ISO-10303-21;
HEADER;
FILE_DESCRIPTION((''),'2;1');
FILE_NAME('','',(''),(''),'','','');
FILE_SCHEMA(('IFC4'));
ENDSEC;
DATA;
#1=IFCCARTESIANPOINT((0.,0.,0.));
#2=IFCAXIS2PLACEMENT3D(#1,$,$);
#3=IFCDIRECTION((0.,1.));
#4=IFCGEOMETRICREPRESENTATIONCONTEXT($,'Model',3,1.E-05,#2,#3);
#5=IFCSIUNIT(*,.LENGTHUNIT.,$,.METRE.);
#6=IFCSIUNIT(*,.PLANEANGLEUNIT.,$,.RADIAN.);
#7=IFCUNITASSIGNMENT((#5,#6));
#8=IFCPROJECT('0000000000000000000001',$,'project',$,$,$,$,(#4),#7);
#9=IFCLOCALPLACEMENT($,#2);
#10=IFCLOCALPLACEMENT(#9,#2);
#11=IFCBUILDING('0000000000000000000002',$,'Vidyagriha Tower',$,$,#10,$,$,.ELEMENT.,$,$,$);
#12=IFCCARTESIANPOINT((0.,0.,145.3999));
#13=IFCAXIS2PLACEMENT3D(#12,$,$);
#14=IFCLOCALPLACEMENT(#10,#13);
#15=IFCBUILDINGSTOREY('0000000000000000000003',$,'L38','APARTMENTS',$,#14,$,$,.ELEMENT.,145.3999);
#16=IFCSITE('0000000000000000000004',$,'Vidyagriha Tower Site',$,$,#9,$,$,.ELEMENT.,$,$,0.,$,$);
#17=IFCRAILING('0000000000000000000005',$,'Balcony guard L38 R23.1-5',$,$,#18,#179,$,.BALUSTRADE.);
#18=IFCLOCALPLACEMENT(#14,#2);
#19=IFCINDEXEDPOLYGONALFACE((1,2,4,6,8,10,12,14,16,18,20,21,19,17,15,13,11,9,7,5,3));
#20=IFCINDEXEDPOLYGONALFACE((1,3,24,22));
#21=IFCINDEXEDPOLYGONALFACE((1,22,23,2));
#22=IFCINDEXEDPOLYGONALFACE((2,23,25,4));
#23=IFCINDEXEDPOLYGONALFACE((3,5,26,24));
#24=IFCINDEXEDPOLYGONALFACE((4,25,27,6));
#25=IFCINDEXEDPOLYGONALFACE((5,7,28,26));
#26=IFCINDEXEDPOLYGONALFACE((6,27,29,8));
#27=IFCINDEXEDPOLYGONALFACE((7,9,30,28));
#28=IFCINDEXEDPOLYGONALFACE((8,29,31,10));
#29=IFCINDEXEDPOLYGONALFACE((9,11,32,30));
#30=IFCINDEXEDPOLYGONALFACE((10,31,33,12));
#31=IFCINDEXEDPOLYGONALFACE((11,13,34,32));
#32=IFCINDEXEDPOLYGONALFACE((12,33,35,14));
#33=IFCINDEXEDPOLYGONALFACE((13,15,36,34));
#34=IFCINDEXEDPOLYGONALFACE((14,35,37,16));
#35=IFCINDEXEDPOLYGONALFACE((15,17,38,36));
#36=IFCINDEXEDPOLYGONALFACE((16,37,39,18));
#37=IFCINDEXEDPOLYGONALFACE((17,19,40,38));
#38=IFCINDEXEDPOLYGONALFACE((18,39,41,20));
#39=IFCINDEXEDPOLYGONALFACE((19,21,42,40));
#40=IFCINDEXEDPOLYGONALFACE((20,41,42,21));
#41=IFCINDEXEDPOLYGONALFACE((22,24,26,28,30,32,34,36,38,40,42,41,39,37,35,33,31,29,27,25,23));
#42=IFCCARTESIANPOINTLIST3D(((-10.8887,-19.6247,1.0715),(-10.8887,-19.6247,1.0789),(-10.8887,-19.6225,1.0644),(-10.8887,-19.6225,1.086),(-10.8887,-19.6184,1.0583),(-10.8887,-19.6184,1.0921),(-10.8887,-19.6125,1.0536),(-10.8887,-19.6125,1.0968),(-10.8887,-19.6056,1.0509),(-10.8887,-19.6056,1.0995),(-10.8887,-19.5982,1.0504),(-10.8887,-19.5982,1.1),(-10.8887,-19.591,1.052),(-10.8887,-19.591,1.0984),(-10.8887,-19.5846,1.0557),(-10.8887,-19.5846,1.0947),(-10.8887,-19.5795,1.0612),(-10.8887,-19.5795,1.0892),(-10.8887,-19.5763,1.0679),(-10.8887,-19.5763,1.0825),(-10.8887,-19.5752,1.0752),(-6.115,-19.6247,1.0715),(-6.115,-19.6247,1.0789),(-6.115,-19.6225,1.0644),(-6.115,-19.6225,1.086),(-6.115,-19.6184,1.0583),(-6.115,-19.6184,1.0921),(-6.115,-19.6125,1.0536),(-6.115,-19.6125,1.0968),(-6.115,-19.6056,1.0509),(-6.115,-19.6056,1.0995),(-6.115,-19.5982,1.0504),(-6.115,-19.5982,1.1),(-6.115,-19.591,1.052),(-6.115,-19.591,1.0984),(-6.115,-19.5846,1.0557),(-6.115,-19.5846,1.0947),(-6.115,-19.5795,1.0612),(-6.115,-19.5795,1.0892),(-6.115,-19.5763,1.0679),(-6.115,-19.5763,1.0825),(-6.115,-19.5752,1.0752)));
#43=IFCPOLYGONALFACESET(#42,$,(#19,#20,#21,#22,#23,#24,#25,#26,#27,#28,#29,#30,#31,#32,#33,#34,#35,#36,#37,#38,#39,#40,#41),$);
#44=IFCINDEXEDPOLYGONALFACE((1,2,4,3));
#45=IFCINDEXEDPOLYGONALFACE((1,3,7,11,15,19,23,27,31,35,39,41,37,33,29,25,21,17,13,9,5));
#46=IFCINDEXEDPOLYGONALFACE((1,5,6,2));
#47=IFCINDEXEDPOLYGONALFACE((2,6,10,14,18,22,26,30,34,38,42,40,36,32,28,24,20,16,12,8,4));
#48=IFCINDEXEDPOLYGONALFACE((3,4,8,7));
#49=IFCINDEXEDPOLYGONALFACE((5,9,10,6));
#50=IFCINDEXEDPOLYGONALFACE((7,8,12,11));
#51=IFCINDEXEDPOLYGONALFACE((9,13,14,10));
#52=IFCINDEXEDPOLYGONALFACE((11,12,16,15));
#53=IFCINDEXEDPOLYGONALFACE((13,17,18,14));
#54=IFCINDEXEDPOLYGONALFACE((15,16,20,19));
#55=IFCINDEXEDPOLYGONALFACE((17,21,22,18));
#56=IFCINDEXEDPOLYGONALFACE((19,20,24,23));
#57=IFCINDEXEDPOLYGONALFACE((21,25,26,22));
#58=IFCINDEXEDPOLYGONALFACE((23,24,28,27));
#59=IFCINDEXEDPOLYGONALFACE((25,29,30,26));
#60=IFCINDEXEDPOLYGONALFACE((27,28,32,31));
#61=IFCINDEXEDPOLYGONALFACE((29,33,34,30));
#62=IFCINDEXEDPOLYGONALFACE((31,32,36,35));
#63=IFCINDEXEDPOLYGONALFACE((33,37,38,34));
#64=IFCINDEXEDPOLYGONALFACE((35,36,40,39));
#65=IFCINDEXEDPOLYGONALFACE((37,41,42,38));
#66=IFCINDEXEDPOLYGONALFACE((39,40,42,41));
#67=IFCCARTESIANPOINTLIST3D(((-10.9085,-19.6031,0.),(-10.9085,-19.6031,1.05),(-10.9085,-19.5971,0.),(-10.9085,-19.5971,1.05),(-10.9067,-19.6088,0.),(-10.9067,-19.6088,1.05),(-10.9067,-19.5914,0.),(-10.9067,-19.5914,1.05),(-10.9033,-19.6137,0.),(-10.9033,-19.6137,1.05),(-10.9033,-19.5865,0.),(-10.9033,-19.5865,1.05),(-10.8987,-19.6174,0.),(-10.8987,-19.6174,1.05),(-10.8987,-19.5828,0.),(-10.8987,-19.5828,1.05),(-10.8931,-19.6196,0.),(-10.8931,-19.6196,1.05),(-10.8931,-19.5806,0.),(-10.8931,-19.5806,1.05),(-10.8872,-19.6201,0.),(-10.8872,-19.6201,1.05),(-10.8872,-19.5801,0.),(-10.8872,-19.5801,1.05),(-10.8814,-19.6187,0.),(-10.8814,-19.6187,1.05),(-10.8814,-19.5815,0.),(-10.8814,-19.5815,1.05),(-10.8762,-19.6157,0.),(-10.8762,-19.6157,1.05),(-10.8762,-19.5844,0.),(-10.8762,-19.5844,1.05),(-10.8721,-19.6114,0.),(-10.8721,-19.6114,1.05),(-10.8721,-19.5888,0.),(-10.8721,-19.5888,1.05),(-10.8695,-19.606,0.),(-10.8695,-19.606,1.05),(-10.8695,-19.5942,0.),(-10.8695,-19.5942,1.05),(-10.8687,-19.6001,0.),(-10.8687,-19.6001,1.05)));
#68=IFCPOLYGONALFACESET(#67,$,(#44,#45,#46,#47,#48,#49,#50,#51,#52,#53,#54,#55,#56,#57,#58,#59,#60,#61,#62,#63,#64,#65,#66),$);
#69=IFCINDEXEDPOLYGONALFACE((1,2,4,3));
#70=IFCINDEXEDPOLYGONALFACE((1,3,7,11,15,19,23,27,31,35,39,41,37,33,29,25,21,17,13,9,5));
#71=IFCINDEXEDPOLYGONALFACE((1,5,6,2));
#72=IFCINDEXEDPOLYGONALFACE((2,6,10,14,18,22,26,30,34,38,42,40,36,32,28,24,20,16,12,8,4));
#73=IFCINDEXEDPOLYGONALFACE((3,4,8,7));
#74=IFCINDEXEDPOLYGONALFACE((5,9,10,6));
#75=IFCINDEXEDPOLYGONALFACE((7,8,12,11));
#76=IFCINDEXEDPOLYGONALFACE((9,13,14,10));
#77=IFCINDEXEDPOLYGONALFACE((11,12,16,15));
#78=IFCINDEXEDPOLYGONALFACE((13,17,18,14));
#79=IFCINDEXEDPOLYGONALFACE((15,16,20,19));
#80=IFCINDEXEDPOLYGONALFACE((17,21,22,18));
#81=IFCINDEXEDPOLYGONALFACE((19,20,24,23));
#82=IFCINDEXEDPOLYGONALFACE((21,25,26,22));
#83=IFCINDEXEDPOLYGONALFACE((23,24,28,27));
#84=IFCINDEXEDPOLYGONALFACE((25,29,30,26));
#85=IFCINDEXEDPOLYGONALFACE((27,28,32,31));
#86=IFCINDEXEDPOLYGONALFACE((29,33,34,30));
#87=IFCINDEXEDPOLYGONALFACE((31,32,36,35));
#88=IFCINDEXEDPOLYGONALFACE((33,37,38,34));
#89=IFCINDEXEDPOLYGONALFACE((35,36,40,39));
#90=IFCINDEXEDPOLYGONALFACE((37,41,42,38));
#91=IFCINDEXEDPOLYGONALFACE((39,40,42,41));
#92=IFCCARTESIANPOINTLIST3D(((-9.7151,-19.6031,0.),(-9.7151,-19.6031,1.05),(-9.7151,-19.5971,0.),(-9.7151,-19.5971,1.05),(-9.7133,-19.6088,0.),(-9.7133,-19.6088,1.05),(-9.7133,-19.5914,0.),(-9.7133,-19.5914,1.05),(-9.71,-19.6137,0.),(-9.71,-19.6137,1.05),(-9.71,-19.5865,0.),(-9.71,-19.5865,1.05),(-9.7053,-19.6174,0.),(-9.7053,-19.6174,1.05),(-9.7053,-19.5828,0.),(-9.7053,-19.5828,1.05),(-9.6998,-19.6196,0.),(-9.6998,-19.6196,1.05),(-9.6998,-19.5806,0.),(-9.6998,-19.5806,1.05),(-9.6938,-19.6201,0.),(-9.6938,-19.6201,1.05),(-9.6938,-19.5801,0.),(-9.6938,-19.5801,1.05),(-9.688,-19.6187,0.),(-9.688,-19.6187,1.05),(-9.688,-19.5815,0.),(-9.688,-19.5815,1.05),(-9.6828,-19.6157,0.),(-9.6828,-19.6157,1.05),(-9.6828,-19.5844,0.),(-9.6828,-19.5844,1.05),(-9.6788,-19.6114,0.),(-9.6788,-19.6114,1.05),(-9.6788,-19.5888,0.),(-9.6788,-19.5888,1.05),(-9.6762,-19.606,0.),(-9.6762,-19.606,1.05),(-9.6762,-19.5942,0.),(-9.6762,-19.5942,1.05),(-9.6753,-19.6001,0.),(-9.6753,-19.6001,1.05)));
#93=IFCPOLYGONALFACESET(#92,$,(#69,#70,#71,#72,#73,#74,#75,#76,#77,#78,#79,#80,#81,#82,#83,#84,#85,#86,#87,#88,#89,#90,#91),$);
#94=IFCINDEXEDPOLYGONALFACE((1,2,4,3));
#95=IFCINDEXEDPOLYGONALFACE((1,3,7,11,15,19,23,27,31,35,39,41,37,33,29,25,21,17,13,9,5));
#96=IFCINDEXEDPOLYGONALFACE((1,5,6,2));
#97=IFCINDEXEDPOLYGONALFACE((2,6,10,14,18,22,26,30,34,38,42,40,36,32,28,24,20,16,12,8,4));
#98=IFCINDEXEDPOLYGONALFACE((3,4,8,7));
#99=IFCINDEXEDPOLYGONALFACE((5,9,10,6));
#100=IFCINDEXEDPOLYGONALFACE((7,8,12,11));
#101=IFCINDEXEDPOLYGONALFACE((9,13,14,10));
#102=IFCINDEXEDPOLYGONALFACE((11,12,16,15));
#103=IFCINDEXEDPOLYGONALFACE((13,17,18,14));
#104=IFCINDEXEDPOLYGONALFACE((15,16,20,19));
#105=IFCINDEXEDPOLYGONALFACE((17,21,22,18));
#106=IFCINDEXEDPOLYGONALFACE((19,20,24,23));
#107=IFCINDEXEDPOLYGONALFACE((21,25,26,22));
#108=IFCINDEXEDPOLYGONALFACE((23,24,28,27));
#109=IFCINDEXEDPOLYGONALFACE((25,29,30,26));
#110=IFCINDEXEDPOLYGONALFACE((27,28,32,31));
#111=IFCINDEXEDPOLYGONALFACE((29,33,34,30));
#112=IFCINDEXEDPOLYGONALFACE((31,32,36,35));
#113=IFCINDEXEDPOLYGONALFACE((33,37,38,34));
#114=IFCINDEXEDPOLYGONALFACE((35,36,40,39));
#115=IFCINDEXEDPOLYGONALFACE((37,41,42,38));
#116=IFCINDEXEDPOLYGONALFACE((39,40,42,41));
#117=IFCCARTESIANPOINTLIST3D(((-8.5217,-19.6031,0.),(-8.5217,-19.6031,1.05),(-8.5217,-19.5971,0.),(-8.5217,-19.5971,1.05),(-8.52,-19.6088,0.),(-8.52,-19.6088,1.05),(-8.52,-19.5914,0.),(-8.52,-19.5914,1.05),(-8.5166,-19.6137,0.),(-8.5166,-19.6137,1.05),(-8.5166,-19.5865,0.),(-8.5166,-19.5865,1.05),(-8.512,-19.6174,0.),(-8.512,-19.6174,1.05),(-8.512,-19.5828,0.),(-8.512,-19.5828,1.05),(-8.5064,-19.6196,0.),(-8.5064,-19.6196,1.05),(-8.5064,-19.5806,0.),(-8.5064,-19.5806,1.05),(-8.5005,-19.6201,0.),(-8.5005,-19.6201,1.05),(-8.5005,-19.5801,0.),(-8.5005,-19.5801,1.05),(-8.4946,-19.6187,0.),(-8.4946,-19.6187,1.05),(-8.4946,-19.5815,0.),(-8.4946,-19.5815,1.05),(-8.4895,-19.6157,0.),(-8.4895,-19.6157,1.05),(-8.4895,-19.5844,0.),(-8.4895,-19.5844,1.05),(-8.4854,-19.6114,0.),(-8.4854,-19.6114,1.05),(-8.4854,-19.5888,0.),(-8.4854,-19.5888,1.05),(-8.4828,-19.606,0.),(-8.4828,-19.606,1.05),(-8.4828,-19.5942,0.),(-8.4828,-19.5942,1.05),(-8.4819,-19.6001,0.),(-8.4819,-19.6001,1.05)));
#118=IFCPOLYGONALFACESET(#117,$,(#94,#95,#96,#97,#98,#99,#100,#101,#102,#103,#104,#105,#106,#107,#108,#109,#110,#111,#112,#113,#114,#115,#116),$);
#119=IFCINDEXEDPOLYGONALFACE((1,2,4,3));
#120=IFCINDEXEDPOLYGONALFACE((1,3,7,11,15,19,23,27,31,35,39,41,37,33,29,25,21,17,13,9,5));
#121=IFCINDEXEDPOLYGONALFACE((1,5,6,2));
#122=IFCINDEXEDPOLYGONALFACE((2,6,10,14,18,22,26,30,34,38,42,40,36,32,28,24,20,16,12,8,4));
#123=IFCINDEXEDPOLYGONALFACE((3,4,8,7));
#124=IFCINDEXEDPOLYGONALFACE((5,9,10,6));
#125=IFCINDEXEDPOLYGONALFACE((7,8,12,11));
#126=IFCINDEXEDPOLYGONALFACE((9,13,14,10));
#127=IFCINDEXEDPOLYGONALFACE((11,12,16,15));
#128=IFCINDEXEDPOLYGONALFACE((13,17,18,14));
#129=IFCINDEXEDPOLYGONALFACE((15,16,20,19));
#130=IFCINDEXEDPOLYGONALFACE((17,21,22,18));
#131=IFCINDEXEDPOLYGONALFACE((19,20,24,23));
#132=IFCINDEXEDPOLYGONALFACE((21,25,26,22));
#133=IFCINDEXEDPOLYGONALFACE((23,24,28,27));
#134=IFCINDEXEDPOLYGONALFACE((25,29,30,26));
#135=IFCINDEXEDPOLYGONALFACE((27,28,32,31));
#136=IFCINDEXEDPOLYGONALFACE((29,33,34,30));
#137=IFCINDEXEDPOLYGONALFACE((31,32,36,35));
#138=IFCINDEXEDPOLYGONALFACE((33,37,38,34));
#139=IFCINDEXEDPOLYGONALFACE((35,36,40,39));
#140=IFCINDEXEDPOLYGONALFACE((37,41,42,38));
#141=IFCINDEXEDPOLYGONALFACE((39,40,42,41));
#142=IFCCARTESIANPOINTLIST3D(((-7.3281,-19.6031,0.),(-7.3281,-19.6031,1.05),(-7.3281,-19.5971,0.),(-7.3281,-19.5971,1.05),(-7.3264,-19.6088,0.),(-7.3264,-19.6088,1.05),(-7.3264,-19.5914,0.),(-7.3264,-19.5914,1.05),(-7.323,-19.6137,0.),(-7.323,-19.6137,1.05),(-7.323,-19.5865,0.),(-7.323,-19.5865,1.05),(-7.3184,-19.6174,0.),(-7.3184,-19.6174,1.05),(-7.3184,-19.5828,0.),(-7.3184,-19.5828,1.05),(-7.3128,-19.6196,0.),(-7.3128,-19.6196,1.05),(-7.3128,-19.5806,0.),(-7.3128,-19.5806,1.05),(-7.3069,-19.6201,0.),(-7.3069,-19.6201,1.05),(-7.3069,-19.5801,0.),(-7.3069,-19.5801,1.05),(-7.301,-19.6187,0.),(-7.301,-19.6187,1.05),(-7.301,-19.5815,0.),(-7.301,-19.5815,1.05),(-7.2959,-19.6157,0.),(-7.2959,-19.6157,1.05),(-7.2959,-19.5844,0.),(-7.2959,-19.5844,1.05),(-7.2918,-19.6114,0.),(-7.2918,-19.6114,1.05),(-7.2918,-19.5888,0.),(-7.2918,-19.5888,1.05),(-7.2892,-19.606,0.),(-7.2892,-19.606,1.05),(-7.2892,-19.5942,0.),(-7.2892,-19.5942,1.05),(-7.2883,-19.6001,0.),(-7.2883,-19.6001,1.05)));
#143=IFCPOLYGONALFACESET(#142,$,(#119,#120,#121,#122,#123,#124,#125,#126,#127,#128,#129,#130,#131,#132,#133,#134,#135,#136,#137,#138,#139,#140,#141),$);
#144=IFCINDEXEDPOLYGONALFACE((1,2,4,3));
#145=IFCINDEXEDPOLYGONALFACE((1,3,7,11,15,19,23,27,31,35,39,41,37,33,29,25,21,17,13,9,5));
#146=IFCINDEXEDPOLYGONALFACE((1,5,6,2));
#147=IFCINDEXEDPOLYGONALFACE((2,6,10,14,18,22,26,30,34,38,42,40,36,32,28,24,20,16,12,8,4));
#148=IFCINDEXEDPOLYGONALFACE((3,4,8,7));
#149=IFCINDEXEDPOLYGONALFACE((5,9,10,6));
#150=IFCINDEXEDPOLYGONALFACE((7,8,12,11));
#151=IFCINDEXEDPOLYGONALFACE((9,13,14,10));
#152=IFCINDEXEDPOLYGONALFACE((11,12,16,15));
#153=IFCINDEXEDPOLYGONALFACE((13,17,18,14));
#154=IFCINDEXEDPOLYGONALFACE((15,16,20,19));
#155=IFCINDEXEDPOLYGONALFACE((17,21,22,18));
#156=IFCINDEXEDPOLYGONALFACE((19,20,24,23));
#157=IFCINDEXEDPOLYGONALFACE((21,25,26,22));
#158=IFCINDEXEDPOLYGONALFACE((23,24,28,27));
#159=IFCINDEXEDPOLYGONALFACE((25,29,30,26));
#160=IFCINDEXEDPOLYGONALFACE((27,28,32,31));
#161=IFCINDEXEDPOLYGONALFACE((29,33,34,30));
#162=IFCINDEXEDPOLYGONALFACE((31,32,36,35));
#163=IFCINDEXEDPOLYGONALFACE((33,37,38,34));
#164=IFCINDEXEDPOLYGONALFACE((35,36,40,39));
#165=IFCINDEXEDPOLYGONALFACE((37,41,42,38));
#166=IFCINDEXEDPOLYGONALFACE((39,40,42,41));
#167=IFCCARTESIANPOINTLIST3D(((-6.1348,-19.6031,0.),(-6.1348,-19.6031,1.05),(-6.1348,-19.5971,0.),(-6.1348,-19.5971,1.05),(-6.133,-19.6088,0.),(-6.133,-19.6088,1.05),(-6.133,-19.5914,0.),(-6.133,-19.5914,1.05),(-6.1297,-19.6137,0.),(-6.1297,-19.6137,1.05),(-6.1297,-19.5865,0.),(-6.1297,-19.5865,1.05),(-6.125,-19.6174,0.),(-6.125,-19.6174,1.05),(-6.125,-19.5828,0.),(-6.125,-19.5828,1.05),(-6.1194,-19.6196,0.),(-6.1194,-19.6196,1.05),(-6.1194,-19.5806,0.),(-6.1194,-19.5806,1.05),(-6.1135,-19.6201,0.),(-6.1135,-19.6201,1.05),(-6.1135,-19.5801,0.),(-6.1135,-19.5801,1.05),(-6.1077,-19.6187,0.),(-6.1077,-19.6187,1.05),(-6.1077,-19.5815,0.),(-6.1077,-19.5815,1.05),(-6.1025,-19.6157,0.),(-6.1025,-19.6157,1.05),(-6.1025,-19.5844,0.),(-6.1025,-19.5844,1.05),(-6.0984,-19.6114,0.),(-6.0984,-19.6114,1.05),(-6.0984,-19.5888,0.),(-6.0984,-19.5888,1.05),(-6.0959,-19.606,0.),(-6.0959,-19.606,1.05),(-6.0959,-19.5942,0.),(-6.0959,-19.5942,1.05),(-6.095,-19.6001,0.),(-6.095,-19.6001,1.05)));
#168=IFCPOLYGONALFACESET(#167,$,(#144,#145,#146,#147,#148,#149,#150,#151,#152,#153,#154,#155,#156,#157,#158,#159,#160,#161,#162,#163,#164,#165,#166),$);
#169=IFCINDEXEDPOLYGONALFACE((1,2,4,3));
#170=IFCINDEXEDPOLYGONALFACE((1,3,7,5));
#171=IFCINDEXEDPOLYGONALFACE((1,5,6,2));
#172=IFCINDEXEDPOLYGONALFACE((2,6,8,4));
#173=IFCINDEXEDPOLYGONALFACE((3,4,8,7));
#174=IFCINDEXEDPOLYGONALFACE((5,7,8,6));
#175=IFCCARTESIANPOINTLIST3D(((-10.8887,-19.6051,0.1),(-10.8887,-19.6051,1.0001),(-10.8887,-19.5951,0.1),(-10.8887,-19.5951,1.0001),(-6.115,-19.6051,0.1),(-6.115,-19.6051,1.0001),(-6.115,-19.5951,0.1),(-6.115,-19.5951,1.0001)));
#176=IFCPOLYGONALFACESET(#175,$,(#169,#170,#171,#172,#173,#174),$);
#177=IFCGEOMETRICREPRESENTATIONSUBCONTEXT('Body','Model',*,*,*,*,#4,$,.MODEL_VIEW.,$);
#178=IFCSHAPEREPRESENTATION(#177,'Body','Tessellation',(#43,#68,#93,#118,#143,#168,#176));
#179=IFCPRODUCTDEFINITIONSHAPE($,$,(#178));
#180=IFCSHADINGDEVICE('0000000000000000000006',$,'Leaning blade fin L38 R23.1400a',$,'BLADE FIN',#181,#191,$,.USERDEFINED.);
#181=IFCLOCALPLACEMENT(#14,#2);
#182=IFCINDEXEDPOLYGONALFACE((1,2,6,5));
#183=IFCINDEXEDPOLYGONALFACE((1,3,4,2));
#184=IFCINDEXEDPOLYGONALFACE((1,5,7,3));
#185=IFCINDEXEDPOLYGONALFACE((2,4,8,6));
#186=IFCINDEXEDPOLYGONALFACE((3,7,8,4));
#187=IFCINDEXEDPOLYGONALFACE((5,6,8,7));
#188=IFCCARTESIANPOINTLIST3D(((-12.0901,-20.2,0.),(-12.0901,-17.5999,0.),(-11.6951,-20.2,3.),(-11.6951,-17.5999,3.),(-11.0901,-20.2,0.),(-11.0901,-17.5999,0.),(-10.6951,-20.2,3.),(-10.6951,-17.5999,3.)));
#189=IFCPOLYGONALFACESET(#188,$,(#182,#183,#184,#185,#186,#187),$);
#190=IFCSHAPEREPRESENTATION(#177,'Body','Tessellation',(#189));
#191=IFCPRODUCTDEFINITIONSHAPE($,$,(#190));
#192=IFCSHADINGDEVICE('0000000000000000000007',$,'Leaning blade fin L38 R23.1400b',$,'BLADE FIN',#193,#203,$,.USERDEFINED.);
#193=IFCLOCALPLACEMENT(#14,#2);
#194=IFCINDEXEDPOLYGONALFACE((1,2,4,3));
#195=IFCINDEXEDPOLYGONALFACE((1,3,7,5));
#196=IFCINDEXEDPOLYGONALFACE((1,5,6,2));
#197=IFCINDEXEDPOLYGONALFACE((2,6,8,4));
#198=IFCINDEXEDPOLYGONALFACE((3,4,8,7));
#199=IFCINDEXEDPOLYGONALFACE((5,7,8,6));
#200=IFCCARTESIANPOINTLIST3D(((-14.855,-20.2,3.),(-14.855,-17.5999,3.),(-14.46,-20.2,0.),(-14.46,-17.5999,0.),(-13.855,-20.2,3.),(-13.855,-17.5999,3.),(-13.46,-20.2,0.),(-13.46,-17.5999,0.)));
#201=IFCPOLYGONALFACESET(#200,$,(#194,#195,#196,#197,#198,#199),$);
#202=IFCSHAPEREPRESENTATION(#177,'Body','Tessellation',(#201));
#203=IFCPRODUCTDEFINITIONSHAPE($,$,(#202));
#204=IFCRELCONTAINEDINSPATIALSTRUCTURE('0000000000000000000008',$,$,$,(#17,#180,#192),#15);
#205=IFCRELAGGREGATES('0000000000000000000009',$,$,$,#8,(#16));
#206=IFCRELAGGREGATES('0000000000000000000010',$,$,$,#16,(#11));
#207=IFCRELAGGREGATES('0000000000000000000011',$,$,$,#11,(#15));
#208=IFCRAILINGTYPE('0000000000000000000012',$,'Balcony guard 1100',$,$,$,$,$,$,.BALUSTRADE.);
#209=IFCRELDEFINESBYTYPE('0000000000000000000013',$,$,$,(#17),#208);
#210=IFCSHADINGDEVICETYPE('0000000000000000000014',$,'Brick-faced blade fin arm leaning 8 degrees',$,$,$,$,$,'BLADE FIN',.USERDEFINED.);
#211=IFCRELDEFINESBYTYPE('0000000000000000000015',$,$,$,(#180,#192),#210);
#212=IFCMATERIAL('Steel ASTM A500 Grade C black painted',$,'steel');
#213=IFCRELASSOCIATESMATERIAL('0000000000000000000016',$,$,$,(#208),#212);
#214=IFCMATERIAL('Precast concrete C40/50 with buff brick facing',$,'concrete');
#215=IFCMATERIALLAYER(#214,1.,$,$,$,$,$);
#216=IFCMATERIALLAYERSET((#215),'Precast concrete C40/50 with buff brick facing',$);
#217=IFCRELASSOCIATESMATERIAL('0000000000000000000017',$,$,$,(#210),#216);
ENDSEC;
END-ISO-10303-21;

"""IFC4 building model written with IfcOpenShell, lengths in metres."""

from ifc_helpers import new_model, si_unit, direction, frame, origin, origin_2d, place, context, subcontext, project, spatial, polyline, rectangle, circle, outline, extrude, material, layer, layer_set, type_object, element, save


model = new_model("IFC4")

# Units and contexts
model_context = context("Model", 3, precision=1e-05, world=origin(), true_north=direction((0.0, 1.0)))
body_context = subcontext(model_context, "Body", "Model", "MODEL_VIEW")
ifc_project = project(units=[si_unit("LENGTHUNIT", "METRE"), si_unit("PLANEANGLEUNIT", "RADIAN")], contexts=[model_context])

# Site, building, storey
site_placement = place(None, origin())
site = spatial("IfcSite", under=ifc_project, at=site_placement, Name="Vidyagriha Tower Site", CompositionType="ELEMENT", RefElevation=0.0)
building_placement = place(site_placement, origin())
building = spatial("IfcBuilding", under=site, at=building_placement, Name="Vidyagriha Tower", CompositionType="ELEMENT")
storey_placement = place(building_placement, frame((0.0, 0.0, 145.3999)))
storey = spatial("IfcBuildingStorey", under=building, at=storey_placement, Name="L38", Description="APARTMENTS", CompositionType="ELEMENT", Elevation=145.3999)

# Railing
ifc_material_1 = material(Name="Steel ASTM A500 Grade C black painted", Category="steel")
railing_type = type_object("IfcRailingType", Name="Balcony guard 1100", PredefinedType="BALUSTRADE", material=ifc_material_1)
railing_1_placement = place(storey_placement, frame((-10.8887, -19.6001, 0.0)))
element("IfcRailing", 1, at=railing_1_placement, inside=storey, type_object=railing_type, Name="Balcony guard L38 R23.1-5", PredefinedType="BALUSTRADE", context=body_context, shape_type="SweptSolid", body=[
    extrude(circle(Radius=0.0249, at=origin_2d()), frame((0.0, 0.0, 1.0752), z_axis=(1.0, 0.0, 0.0), x_axis=(0.0, 1.0, 0.0)), (0.0, 0.0, 1.0), 4.7737),
    extrude(circle(Radius=0.02, at=origin_2d()), origin(), (0.0, 0.0, 1.0), 1.05),
    extrude(circle(Radius=0.02, at=origin_2d()), frame((1.1934, 0.0, 0.0)), (0.0, 0.0, 1.0), 1.05),
    extrude(circle(Radius=0.02, at=origin_2d()), frame((2.3867, 0.0, 0.0)), (0.0, 0.0, 1.0), 1.05),
    extrude(circle(Radius=0.02, at=origin_2d()), frame((3.5803, 0.0, 0.0)), (0.0, 0.0, 1.0), 1.05),
    extrude(circle(Radius=0.02, at=origin_2d()), frame((4.7737, 0.0, 0.0)), (0.0, 0.0, 1.0), 1.05),
    extrude(rectangle(XDim=0.01, YDim=0.9001, at=origin_2d()), frame((0.0, 0.0, 0.55), z_axis=(1.0, 0.0, 0.0), x_axis=(0.0, 1.0, 0.0)), (0.0, 0.0, 1.0), 4.7737),
])

# Shading devices
ifc_material_2 = material(Name="Precast concrete C40/50 with buff brick facing", Category="concrete")
ifc_layer_1 = layer(ifc_material_2, 1.0)
ifc_layer_set_1 = layer_set([ifc_layer_1], Name="Precast concrete C40/50 with buff brick facing")
shading_device_type_1 = type_object("IfcShadingDeviceType", Name="Brick-faced blade fin arm leaning 8 degrees", ElementType="BLADE FIN", PredefinedType="USERDEFINED", material=ifc_layer_set_1)
shading_device_1_placement = place(storey_placement, frame((-12.0901, -18.8999, 0.0)))
element("IfcShadingDevice", 2, at=shading_device_1_placement, inside=storey, type_object=shading_device_type_1, Name="Leaning blade fin L38 R23.1400a", ObjectType="BLADE FIN", PredefinedType="USERDEFINED", context=body_context, shape_type="SweptSolid", body=[
    extrude(outline(polyline([(0.0, 0.0), (1.0, 0.0), (1.395, 3.0), (0.395, 3.0), (0.0, 0.0)])), frame((0.0, 1.3, 0.0), z_axis=(0.0, -1.0, 0.0), x_axis=(1.0, 0.0, 0.0)), (0.0, 0.0, 1.0), 2.6001),
])
shading_device_2_placement = place(storey_placement, frame((-14.855, -18.8999, 0.0)))
element("IfcShadingDevice", 3, at=shading_device_2_placement, inside=storey, type_object=shading_device_type_1, Name="Leaning blade fin L38 R23.1400b", ObjectType="BLADE FIN", PredefinedType="USERDEFINED", context=body_context, shape_type="SweptSolid", body=[
    extrude(outline(polyline([(0.395, 0.0), (1.395, 0.0), (1.0, 3.0), (0.0, 3.0), (0.395, 0.0)])), frame((0.0, 1.3, 0.0), z_axis=(0.0, -1.0, 0.0), x_axis=(1.0, 0.0, 0.0)), (0.0, 0.0, 1.0), 2.6001),
])

save(model, "model.ifc")
